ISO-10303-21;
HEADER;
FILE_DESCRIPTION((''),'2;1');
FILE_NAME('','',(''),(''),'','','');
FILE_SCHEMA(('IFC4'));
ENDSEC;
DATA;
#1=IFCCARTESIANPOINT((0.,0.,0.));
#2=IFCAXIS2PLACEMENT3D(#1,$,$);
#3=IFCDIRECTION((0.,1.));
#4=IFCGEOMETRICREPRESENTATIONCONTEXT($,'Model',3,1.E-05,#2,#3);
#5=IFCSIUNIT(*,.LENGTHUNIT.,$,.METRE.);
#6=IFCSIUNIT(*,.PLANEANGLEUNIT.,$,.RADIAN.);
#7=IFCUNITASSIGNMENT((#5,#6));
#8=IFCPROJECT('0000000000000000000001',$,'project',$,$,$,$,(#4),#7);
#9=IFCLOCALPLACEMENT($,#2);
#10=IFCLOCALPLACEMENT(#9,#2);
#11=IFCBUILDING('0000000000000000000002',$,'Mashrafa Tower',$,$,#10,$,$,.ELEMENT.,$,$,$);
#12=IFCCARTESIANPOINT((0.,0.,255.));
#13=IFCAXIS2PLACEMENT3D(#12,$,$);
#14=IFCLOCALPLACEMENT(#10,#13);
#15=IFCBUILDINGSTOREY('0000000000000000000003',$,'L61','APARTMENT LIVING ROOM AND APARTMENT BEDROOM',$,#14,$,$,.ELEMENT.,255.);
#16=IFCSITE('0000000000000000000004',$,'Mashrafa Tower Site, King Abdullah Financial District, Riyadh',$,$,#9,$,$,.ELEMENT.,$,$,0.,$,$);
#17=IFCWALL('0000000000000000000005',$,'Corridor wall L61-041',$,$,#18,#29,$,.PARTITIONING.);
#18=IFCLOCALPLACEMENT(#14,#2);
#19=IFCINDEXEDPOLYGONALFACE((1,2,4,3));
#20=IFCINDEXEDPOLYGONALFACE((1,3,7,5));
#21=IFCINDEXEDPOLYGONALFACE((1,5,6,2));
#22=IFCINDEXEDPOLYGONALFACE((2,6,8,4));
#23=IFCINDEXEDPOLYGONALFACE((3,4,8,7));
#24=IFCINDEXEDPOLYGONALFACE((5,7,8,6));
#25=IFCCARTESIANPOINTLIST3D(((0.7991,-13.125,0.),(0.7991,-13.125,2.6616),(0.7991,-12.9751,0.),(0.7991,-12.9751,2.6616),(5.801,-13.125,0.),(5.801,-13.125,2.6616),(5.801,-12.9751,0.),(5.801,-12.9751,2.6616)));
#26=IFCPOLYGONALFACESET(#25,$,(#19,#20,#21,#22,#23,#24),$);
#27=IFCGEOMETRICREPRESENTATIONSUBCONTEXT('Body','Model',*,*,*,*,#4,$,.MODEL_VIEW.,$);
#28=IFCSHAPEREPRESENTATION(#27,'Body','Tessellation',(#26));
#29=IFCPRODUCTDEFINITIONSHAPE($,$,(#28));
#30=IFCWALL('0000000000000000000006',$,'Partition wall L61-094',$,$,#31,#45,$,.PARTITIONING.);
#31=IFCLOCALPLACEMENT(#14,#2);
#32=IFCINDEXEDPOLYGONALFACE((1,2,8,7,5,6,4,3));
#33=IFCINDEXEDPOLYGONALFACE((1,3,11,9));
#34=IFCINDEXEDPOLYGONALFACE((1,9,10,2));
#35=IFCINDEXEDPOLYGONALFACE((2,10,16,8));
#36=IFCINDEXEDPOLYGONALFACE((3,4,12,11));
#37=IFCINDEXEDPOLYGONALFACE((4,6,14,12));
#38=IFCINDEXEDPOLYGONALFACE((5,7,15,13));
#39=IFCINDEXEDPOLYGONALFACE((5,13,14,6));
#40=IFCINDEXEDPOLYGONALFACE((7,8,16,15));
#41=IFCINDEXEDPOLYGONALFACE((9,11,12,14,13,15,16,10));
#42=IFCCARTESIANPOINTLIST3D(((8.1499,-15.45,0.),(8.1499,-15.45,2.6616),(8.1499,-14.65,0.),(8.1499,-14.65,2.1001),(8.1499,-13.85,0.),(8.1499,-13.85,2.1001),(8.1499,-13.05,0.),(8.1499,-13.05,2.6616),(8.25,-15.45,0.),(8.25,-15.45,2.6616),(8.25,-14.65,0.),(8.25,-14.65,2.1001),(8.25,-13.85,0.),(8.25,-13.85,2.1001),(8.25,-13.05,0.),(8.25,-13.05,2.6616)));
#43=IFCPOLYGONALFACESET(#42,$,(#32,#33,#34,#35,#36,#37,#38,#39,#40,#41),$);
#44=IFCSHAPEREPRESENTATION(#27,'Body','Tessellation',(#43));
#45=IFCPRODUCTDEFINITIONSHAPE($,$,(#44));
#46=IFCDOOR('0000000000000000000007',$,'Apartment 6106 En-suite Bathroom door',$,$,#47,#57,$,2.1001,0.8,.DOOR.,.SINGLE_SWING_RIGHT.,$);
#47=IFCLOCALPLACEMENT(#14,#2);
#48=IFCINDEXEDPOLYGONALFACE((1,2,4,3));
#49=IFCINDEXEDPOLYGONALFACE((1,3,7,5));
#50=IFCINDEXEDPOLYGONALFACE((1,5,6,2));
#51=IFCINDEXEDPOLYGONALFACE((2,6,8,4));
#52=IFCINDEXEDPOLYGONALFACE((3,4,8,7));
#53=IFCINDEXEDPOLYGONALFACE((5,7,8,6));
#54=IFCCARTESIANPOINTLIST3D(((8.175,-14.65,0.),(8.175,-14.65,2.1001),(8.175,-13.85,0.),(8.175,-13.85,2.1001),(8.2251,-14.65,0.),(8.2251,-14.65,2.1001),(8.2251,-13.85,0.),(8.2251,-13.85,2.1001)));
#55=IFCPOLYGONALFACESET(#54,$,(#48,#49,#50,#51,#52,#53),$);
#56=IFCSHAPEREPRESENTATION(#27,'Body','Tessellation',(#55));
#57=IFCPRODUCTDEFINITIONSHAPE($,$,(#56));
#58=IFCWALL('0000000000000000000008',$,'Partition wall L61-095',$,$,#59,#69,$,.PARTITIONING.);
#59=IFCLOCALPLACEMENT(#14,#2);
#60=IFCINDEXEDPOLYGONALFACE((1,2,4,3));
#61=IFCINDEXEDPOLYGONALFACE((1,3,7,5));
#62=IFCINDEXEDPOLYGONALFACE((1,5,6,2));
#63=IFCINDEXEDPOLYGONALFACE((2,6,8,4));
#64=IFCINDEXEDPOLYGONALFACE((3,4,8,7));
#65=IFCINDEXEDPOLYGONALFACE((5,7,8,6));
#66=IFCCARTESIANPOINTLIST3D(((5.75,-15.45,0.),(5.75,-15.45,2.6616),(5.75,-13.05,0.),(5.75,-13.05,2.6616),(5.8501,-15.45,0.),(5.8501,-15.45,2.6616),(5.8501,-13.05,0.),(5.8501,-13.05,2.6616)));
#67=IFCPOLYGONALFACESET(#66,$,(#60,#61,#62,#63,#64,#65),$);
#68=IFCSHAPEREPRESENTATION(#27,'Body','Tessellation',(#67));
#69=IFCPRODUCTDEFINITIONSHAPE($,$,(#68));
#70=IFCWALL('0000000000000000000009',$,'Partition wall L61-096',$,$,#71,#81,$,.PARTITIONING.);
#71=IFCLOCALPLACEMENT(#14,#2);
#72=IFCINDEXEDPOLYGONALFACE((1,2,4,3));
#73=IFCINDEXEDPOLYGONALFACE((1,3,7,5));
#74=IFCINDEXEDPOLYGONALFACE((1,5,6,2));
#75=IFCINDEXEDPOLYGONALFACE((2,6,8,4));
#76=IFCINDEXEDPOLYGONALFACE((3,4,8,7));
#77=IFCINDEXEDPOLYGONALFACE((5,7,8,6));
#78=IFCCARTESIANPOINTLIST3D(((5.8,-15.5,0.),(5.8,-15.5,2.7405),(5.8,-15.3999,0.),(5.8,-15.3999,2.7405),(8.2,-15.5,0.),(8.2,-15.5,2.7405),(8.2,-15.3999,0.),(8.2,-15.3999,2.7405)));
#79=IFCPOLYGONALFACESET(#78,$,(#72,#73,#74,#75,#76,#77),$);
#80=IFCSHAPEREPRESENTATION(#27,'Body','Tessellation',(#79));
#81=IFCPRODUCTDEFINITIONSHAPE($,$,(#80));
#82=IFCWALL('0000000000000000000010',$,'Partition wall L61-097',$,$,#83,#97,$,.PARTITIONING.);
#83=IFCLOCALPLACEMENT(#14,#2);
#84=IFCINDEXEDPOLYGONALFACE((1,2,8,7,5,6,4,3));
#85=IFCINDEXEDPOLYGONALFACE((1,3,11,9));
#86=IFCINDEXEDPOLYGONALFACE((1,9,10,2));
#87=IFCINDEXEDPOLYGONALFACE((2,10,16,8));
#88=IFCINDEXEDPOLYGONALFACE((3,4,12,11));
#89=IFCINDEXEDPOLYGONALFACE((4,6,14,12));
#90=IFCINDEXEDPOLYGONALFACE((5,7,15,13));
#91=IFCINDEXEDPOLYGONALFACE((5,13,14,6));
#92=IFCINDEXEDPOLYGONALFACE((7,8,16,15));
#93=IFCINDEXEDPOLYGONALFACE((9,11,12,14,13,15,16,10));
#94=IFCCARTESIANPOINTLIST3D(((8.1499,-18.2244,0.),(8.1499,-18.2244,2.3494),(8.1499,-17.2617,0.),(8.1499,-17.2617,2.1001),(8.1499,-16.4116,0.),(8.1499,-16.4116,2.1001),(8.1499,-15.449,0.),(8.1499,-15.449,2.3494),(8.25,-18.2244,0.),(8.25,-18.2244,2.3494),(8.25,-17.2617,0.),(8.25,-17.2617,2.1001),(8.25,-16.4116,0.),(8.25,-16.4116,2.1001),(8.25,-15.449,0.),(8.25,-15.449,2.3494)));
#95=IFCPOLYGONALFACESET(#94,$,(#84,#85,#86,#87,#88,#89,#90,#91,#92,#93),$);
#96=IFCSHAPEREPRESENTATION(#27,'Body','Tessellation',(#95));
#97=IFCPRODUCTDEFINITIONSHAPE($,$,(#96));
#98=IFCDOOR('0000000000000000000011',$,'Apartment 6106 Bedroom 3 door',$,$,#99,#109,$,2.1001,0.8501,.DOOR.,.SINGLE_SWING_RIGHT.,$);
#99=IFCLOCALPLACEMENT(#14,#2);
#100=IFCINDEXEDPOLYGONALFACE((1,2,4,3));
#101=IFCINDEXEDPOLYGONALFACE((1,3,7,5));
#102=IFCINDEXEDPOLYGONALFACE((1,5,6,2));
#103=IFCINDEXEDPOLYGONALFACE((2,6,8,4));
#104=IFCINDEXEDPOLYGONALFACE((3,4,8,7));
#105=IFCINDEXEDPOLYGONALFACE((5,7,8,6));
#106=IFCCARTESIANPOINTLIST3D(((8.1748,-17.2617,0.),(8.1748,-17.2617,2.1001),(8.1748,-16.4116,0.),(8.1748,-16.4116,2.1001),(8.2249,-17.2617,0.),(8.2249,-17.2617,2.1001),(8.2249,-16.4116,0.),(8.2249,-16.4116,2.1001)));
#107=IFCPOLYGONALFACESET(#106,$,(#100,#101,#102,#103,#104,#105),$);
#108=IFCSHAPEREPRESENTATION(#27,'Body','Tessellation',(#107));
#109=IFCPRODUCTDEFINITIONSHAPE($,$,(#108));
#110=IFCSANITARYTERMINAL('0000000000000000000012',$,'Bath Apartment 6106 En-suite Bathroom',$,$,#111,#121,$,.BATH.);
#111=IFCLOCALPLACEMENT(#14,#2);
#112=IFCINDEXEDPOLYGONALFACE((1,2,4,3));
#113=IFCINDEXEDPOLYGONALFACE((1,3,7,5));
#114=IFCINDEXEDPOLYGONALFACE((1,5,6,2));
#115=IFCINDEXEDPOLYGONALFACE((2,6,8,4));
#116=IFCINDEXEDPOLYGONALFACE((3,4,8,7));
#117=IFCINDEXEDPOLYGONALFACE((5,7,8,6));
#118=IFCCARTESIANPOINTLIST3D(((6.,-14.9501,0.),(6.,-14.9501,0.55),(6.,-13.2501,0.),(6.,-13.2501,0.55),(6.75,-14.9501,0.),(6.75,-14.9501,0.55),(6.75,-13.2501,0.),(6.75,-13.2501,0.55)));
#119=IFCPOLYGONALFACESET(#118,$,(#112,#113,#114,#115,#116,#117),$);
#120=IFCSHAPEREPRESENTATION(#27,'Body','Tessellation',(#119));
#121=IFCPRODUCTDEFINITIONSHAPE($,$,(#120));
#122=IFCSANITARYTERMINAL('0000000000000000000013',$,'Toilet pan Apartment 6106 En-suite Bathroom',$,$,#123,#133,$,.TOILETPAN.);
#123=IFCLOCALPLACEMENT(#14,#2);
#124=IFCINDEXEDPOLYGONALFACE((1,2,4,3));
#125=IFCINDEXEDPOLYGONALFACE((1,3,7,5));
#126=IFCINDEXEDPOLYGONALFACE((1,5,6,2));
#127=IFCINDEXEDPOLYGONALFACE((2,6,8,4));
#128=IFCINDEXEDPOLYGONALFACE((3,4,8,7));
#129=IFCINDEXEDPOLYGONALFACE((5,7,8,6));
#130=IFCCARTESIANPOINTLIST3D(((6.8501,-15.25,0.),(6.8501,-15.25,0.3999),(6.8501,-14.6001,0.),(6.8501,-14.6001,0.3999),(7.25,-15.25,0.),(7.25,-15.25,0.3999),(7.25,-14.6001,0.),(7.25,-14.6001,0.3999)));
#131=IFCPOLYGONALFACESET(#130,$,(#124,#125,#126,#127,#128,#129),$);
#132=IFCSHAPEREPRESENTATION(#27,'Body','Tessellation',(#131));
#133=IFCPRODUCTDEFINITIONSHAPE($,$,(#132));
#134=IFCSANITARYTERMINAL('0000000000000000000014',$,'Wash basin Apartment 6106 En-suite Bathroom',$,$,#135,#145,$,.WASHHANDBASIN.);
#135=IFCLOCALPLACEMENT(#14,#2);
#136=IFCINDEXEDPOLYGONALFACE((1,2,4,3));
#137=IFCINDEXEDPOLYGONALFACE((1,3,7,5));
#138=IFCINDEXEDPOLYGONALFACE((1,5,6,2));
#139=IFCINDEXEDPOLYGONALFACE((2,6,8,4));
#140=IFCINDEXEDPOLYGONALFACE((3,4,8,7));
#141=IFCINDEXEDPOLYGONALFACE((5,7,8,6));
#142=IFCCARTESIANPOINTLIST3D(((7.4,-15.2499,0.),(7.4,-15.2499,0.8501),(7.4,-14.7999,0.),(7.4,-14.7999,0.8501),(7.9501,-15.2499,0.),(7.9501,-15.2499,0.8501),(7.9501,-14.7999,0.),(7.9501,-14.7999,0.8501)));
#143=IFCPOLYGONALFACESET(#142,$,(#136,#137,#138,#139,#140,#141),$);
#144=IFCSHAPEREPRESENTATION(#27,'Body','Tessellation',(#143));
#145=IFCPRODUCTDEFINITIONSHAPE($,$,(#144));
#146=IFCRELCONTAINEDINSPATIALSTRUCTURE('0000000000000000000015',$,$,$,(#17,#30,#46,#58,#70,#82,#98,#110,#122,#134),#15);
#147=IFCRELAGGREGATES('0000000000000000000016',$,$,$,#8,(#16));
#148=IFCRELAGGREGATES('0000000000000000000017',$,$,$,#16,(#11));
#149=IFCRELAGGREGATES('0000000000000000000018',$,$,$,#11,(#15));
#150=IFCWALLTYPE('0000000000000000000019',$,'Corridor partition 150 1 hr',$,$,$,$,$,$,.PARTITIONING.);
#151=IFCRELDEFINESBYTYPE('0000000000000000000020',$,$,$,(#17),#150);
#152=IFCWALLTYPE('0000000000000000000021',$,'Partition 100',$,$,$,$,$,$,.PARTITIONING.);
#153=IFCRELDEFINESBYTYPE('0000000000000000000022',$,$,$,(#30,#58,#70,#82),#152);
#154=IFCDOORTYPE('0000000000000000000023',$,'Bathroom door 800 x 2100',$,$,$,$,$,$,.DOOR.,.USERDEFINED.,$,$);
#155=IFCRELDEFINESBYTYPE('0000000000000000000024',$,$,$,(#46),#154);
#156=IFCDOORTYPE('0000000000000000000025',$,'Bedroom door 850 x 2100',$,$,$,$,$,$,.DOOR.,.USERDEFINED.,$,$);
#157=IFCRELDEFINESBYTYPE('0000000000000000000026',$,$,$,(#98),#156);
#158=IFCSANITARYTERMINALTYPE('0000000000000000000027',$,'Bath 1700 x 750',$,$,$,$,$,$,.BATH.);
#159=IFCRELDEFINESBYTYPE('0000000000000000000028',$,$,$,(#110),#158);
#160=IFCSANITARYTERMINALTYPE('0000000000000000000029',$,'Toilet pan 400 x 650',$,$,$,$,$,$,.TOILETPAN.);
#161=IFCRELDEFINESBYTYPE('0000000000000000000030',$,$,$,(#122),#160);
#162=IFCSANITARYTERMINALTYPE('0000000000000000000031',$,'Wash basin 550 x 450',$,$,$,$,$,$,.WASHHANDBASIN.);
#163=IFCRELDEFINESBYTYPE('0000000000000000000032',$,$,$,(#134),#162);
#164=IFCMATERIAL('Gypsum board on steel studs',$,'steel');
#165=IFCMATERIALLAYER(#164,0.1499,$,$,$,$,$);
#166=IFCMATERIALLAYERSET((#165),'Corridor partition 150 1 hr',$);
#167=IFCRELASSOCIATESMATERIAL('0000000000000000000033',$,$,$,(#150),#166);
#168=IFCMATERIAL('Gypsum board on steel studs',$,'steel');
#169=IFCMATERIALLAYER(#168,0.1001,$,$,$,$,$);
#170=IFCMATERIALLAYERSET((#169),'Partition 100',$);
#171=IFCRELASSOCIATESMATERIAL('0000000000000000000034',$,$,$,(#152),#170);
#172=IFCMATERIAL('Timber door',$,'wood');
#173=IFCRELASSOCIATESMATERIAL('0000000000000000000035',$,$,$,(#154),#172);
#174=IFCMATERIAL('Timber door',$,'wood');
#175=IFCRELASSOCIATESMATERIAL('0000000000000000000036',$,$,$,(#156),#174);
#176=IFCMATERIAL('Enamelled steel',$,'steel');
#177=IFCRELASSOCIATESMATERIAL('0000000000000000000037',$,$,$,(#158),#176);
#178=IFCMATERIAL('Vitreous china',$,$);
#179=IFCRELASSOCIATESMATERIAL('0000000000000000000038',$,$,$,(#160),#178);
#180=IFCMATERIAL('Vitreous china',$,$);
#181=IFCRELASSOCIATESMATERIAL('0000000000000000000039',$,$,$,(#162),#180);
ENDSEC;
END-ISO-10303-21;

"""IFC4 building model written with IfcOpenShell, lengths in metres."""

from ifc_helpers import new_model, si_unit, direction, frame, frame_2d, origin, origin_2d, place, context, subcontext, project, spatial, rectangle, extrude, material, layer, layer_set, type_object, element, fill, save


model = new_model("IFC4")

# Units and contexts
model_context = context("Model", 3, precision=1e-05, world=origin(), true_north=direction((0.0, 1.0)))
body_context = subcontext(model_context, "Body", "Model", "MODEL_VIEW")
ifc_project = project(units=[si_unit("LENGTHUNIT", "METRE"), si_unit("PLANEANGLEUNIT", "RADIAN")], contexts=[model_context])

# Site, building, storey
site_placement = place(None, origin())
site = spatial("IfcSite", under=ifc_project, at=site_placement, Name="Mashrafa Tower Site, King Abdullah Financial District, Riyadh", CompositionType="ELEMENT", RefElevation=0.0)
building_placement = place(site_placement, origin())
building = spatial("IfcBuilding", under=site, at=building_placement, Name="Mashrafa Tower", CompositionType="ELEMENT")
storey_placement = place(building_placement, frame((0.0, 0.0, 255.0)))
storey = spatial("IfcBuildingStorey", under=building, at=storey_placement, Name="L61", Description="APARTMENT LIVING ROOM AND APARTMENT BEDROOM", CompositionType="ELEMENT", Elevation=255.0)

# Wall
ifc_material_1 = material(Name="Gypsum board on steel studs", Category="steel")
ifc_layer_1 = layer(ifc_material_1, 0.1499)
ifc_layer_set_1 = layer_set([ifc_layer_1], Name="Corridor partition 150 1 hr")
wall_type_1 = type_object("IfcWallType", Name="Corridor partition 150 1 hr", PredefinedType="PARTITIONING", material=ifc_layer_set_1)
wall_1_placement = place(storey_placement, frame((0.7991, -13.05, 0.0), z_axis=(0.0, 0.0, 1.0), x_axis=(1.0, 0.0, 0.0)))
element("IfcWall", 1, at=wall_1_placement, inside=storey, type_object=wall_type_1, Name="Corridor wall L61-041", PredefinedType="PARTITIONING", context=body_context, shape_type="SweptSolid", body=[
    extrude(rectangle(XDim=5.002, YDim=0.1499, at=frame_2d((2.501, 0.0))), origin(), (0.0, 0.0, 1.0), 2.6616),
])

# Wall, opening, door
ifc_material_2 = material(Name="Gypsum board on steel studs", Category="steel")
ifc_layer_2 = layer(ifc_material_2, 0.1001)
ifc_layer_set_2 = layer_set([ifc_layer_2], Name="Partition 100")
wall_type_2 = type_object("IfcWallType", Name="Partition 100", PredefinedType="PARTITIONING", material=ifc_layer_set_2)
wall_2_placement = place(storey_placement, frame((8.2, -15.45, 0.0), z_axis=(0.0, 0.0, 1.0), x_axis=(0.0, 1.0, 0.0)))
wall_2 = element("IfcWall", 2, at=wall_2_placement, inside=storey, type_object=wall_type_2, Name="Partition wall L61-094", PredefinedType="PARTITIONING", context=body_context, shape_type="SweptSolid", body=[
    extrude(rectangle(XDim=2.3999, YDim=0.1001, at=frame_2d((1.2, 0.0))), origin(), (0.0, 0.0, 1.0), 2.6616),
])
opening_1_placement = place(wall_2_placement, frame((0.8, 0.0, 0.0)))
opening_1 = element("IfcOpeningElement", 3, at=opening_1_placement, cuts=wall_2, PredefinedType="OPENING", context=body_context, shape_type="SweptSolid", body=[
    extrude(rectangle(XDim=0.8, YDim=2.1001, at=frame_2d((0.3999, 1.05))), frame((0.0, 0.0601, 0.0), z_axis=(0.0, -1.0, 0.0), x_axis=(1.0, 0.0, 0.0)), (0.0, 0.0, 1.0), 0.1201),
])
ifc_material_3 = material(Name="Timber door", Category="wood")
door_type_1 = type_object("IfcDoorType", Name="Bathroom door 800 x 2100", OperationType="USERDEFINED", PredefinedType="DOOR", material=ifc_material_3)
door_1_placement = place(opening_1_placement, origin())
door_1 = element("IfcDoor", 4, at=door_1_placement, inside=storey, type_object=door_type_1, Name="Apartment 6106 En-suite Bathroom door", OperationType="SINGLE_SWING_RIGHT", OverallHeight=2.1001, OverallWidth=0.8, PredefinedType="DOOR", context=body_context, shape_type="SweptSolid", body=[
    extrude(rectangle(XDim=0.8, YDim=2.1001, at=frame_2d((0.3999, 1.05))), frame((0.0, 0.0249, 0.0), z_axis=(0.0, -1.0, 0.0), x_axis=(1.0, 0.0, 0.0)), (0.0, 0.0, 1.0), 0.05),
])
fill(opening_1, door_1)

# Walls
wall_3_placement = place(storey_placement, frame((5.8, -13.05, 0.0), z_axis=(0.0, 0.0, 1.0), x_axis=(0.0, -1.0, 0.0)))
element("IfcWall", 5, at=wall_3_placement, inside=storey, type_object=wall_type_2, Name="Partition wall L61-095", PredefinedType="PARTITIONING", context=body_context, shape_type="SweptSolid", body=[
    extrude(rectangle(XDim=2.3999, YDim=0.1001, at=frame_2d((1.2, 0.0))), origin(), (0.0, 0.0, 1.0), 2.6616),
])
wall_4_placement = place(storey_placement, frame((5.8, -15.45, 0.0), z_axis=(0.0, 0.0, 1.0), x_axis=(1.0, 0.0, 0.0)))
element("IfcWall", 6, at=wall_4_placement, inside=storey, type_object=wall_type_2, Name="Partition wall L61-096", PredefinedType="PARTITIONING", context=body_context, shape_type="SweptSolid", body=[
    extrude(rectangle(XDim=2.3999, YDim=0.1001, at=frame_2d((1.2, 0.0))), origin(), (0.0, 0.0, 1.0), 2.7405),
])

# Wall, opening, door
wall_5_placement = place(storey_placement, frame((8.2, -15.449, 0.0), z_axis=(0.0, 0.0, 1.0), x_axis=(0.0, -1.0, 0.0)))
wall_5 = element("IfcWall", 7, at=wall_5_placement, inside=storey, type_object=wall_type_2, Name="Partition wall L61-097", PredefinedType="PARTITIONING", context=body_context, shape_type="SweptSolid", body=[
    extrude(rectangle(XDim=2.7754, YDim=0.1001, at=frame_2d((1.3877, 0.0))), origin(), (0.0, 0.0, 1.0), 2.3494),
])
opening_2_placement = place(wall_5_placement, frame((0.9626, 0.0, 0.0)))
opening_2 = element("IfcOpeningElement", 8, at=opening_2_placement, cuts=wall_5, PredefinedType="OPENING", context=body_context, shape_type="SweptSolid", body=[
    extrude(rectangle(XDim=0.8501, YDim=2.1001, at=frame_2d((0.425, 1.05))), frame((0.0, 0.0601, 0.0), z_axis=(0.0, -1.0, 0.0), x_axis=(1.0, 0.0, 0.0)), (0.0, 0.0, 1.0), 0.1201),
])
ifc_material_4 = material(Name="Timber door", Category="wood")
door_type_2 = type_object("IfcDoorType", Name="Bedroom door 850 x 2100", OperationType="USERDEFINED", PredefinedType="DOOR", material=ifc_material_4)
door_2_placement = place(opening_2_placement, origin())
door_2 = element("IfcDoor", 9, at=door_2_placement, inside=storey, type_object=door_type_2, Name="Apartment 6106 Bedroom 3 door", OperationType="SINGLE_SWING_RIGHT", OverallHeight=2.1001, OverallWidth=0.8501, PredefinedType="DOOR", context=body_context, shape_type="SweptSolid", body=[
    extrude(rectangle(XDim=0.8501, YDim=2.1001, at=frame_2d((0.425, 1.05))), frame((0.0, 0.0249, 0.0), z_axis=(0.0, -1.0, 0.0), x_axis=(1.0, 0.0, 0.0)), (0.0, 0.0, 1.0), 0.05),
])
fill(opening_2, door_2)

# Sanitary terminals
ifc_material_5 = material(Name="Enamelled steel", Category="steel")
sanitary_terminal_type_1 = type_object("IfcSanitaryTerminalType", Name="Bath 1700 x 750", PredefinedType="BATH", material=ifc_material_5)
sanitary_terminal_1_placement = place(storey_placement, frame((6.375, -14.1001, 0.0), z_axis=(0.0, 0.0, 1.0), x_axis=(0.0, -1.0, 0.0)))
element("IfcSanitaryTerminal", 10, at=sanitary_terminal_1_placement, inside=storey, type_object=sanitary_terminal_type_1, Name="Bath Apartment 6106 En-suite Bathroom", PredefinedType="BATH", context=body_context, shape_type="SweptSolid", body=[
    extrude(rectangle(XDim=1.7, YDim=0.75, at=origin_2d()), origin(), (0.0, 0.0, 1.0), 0.55),
])
ifc_material_6 = material(Name="Vitreous china")
sanitary_terminal_type_2 = type_object("IfcSanitaryTerminalType", Name="Toilet pan 400 x 650", PredefinedType="TOILETPAN", material=ifc_material_6)
sanitary_terminal_2_placement = place(storey_placement, frame((7.05, -14.925, 0.0), z_axis=(0.0, 0.0, 1.0), x_axis=(1.0, 0.0, 0.0)))
element("IfcSanitaryTerminal", 11, at=sanitary_terminal_2_placement, inside=storey, type_object=sanitary_terminal_type_2, Name="Toilet pan Apartment 6106 En-suite Bathroom", PredefinedType="TOILETPAN", context=body_context, shape_type="SweptSolid", body=[
    extrude(rectangle(XDim=0.3999, YDim=0.6499, at=origin_2d()), origin(), (0.0, 0.0, 1.0), 0.3999),
])
ifc_material_7 = material(Name="Vitreous china")
sanitary_terminal_type_3 = type_object("IfcSanitaryTerminalType", Name="Wash basin 550 x 450", PredefinedType="WASHHANDBASIN", material=ifc_material_7)
sanitary_terminal_3_placement = place(storey_placement, frame((7.675, -15.0249, 0.0), z_axis=(0.0, 0.0, 1.0), x_axis=(1.0, 0.0, 0.0)))
element("IfcSanitaryTerminal", 12, at=sanitary_terminal_3_placement, inside=storey, type_object=sanitary_terminal_type_3, Name="Wash basin Apartment 6106 En-suite Bathroom", PredefinedType="WASHHANDBASIN", context=body_context, shape_type="SweptSolid", body=[
    extrude(rectangle(XDim=0.55, YDim=0.45, at=origin_2d()), origin(), (0.0, 0.0, 1.0), 0.8501),
])

save(model, "model.ifc")
